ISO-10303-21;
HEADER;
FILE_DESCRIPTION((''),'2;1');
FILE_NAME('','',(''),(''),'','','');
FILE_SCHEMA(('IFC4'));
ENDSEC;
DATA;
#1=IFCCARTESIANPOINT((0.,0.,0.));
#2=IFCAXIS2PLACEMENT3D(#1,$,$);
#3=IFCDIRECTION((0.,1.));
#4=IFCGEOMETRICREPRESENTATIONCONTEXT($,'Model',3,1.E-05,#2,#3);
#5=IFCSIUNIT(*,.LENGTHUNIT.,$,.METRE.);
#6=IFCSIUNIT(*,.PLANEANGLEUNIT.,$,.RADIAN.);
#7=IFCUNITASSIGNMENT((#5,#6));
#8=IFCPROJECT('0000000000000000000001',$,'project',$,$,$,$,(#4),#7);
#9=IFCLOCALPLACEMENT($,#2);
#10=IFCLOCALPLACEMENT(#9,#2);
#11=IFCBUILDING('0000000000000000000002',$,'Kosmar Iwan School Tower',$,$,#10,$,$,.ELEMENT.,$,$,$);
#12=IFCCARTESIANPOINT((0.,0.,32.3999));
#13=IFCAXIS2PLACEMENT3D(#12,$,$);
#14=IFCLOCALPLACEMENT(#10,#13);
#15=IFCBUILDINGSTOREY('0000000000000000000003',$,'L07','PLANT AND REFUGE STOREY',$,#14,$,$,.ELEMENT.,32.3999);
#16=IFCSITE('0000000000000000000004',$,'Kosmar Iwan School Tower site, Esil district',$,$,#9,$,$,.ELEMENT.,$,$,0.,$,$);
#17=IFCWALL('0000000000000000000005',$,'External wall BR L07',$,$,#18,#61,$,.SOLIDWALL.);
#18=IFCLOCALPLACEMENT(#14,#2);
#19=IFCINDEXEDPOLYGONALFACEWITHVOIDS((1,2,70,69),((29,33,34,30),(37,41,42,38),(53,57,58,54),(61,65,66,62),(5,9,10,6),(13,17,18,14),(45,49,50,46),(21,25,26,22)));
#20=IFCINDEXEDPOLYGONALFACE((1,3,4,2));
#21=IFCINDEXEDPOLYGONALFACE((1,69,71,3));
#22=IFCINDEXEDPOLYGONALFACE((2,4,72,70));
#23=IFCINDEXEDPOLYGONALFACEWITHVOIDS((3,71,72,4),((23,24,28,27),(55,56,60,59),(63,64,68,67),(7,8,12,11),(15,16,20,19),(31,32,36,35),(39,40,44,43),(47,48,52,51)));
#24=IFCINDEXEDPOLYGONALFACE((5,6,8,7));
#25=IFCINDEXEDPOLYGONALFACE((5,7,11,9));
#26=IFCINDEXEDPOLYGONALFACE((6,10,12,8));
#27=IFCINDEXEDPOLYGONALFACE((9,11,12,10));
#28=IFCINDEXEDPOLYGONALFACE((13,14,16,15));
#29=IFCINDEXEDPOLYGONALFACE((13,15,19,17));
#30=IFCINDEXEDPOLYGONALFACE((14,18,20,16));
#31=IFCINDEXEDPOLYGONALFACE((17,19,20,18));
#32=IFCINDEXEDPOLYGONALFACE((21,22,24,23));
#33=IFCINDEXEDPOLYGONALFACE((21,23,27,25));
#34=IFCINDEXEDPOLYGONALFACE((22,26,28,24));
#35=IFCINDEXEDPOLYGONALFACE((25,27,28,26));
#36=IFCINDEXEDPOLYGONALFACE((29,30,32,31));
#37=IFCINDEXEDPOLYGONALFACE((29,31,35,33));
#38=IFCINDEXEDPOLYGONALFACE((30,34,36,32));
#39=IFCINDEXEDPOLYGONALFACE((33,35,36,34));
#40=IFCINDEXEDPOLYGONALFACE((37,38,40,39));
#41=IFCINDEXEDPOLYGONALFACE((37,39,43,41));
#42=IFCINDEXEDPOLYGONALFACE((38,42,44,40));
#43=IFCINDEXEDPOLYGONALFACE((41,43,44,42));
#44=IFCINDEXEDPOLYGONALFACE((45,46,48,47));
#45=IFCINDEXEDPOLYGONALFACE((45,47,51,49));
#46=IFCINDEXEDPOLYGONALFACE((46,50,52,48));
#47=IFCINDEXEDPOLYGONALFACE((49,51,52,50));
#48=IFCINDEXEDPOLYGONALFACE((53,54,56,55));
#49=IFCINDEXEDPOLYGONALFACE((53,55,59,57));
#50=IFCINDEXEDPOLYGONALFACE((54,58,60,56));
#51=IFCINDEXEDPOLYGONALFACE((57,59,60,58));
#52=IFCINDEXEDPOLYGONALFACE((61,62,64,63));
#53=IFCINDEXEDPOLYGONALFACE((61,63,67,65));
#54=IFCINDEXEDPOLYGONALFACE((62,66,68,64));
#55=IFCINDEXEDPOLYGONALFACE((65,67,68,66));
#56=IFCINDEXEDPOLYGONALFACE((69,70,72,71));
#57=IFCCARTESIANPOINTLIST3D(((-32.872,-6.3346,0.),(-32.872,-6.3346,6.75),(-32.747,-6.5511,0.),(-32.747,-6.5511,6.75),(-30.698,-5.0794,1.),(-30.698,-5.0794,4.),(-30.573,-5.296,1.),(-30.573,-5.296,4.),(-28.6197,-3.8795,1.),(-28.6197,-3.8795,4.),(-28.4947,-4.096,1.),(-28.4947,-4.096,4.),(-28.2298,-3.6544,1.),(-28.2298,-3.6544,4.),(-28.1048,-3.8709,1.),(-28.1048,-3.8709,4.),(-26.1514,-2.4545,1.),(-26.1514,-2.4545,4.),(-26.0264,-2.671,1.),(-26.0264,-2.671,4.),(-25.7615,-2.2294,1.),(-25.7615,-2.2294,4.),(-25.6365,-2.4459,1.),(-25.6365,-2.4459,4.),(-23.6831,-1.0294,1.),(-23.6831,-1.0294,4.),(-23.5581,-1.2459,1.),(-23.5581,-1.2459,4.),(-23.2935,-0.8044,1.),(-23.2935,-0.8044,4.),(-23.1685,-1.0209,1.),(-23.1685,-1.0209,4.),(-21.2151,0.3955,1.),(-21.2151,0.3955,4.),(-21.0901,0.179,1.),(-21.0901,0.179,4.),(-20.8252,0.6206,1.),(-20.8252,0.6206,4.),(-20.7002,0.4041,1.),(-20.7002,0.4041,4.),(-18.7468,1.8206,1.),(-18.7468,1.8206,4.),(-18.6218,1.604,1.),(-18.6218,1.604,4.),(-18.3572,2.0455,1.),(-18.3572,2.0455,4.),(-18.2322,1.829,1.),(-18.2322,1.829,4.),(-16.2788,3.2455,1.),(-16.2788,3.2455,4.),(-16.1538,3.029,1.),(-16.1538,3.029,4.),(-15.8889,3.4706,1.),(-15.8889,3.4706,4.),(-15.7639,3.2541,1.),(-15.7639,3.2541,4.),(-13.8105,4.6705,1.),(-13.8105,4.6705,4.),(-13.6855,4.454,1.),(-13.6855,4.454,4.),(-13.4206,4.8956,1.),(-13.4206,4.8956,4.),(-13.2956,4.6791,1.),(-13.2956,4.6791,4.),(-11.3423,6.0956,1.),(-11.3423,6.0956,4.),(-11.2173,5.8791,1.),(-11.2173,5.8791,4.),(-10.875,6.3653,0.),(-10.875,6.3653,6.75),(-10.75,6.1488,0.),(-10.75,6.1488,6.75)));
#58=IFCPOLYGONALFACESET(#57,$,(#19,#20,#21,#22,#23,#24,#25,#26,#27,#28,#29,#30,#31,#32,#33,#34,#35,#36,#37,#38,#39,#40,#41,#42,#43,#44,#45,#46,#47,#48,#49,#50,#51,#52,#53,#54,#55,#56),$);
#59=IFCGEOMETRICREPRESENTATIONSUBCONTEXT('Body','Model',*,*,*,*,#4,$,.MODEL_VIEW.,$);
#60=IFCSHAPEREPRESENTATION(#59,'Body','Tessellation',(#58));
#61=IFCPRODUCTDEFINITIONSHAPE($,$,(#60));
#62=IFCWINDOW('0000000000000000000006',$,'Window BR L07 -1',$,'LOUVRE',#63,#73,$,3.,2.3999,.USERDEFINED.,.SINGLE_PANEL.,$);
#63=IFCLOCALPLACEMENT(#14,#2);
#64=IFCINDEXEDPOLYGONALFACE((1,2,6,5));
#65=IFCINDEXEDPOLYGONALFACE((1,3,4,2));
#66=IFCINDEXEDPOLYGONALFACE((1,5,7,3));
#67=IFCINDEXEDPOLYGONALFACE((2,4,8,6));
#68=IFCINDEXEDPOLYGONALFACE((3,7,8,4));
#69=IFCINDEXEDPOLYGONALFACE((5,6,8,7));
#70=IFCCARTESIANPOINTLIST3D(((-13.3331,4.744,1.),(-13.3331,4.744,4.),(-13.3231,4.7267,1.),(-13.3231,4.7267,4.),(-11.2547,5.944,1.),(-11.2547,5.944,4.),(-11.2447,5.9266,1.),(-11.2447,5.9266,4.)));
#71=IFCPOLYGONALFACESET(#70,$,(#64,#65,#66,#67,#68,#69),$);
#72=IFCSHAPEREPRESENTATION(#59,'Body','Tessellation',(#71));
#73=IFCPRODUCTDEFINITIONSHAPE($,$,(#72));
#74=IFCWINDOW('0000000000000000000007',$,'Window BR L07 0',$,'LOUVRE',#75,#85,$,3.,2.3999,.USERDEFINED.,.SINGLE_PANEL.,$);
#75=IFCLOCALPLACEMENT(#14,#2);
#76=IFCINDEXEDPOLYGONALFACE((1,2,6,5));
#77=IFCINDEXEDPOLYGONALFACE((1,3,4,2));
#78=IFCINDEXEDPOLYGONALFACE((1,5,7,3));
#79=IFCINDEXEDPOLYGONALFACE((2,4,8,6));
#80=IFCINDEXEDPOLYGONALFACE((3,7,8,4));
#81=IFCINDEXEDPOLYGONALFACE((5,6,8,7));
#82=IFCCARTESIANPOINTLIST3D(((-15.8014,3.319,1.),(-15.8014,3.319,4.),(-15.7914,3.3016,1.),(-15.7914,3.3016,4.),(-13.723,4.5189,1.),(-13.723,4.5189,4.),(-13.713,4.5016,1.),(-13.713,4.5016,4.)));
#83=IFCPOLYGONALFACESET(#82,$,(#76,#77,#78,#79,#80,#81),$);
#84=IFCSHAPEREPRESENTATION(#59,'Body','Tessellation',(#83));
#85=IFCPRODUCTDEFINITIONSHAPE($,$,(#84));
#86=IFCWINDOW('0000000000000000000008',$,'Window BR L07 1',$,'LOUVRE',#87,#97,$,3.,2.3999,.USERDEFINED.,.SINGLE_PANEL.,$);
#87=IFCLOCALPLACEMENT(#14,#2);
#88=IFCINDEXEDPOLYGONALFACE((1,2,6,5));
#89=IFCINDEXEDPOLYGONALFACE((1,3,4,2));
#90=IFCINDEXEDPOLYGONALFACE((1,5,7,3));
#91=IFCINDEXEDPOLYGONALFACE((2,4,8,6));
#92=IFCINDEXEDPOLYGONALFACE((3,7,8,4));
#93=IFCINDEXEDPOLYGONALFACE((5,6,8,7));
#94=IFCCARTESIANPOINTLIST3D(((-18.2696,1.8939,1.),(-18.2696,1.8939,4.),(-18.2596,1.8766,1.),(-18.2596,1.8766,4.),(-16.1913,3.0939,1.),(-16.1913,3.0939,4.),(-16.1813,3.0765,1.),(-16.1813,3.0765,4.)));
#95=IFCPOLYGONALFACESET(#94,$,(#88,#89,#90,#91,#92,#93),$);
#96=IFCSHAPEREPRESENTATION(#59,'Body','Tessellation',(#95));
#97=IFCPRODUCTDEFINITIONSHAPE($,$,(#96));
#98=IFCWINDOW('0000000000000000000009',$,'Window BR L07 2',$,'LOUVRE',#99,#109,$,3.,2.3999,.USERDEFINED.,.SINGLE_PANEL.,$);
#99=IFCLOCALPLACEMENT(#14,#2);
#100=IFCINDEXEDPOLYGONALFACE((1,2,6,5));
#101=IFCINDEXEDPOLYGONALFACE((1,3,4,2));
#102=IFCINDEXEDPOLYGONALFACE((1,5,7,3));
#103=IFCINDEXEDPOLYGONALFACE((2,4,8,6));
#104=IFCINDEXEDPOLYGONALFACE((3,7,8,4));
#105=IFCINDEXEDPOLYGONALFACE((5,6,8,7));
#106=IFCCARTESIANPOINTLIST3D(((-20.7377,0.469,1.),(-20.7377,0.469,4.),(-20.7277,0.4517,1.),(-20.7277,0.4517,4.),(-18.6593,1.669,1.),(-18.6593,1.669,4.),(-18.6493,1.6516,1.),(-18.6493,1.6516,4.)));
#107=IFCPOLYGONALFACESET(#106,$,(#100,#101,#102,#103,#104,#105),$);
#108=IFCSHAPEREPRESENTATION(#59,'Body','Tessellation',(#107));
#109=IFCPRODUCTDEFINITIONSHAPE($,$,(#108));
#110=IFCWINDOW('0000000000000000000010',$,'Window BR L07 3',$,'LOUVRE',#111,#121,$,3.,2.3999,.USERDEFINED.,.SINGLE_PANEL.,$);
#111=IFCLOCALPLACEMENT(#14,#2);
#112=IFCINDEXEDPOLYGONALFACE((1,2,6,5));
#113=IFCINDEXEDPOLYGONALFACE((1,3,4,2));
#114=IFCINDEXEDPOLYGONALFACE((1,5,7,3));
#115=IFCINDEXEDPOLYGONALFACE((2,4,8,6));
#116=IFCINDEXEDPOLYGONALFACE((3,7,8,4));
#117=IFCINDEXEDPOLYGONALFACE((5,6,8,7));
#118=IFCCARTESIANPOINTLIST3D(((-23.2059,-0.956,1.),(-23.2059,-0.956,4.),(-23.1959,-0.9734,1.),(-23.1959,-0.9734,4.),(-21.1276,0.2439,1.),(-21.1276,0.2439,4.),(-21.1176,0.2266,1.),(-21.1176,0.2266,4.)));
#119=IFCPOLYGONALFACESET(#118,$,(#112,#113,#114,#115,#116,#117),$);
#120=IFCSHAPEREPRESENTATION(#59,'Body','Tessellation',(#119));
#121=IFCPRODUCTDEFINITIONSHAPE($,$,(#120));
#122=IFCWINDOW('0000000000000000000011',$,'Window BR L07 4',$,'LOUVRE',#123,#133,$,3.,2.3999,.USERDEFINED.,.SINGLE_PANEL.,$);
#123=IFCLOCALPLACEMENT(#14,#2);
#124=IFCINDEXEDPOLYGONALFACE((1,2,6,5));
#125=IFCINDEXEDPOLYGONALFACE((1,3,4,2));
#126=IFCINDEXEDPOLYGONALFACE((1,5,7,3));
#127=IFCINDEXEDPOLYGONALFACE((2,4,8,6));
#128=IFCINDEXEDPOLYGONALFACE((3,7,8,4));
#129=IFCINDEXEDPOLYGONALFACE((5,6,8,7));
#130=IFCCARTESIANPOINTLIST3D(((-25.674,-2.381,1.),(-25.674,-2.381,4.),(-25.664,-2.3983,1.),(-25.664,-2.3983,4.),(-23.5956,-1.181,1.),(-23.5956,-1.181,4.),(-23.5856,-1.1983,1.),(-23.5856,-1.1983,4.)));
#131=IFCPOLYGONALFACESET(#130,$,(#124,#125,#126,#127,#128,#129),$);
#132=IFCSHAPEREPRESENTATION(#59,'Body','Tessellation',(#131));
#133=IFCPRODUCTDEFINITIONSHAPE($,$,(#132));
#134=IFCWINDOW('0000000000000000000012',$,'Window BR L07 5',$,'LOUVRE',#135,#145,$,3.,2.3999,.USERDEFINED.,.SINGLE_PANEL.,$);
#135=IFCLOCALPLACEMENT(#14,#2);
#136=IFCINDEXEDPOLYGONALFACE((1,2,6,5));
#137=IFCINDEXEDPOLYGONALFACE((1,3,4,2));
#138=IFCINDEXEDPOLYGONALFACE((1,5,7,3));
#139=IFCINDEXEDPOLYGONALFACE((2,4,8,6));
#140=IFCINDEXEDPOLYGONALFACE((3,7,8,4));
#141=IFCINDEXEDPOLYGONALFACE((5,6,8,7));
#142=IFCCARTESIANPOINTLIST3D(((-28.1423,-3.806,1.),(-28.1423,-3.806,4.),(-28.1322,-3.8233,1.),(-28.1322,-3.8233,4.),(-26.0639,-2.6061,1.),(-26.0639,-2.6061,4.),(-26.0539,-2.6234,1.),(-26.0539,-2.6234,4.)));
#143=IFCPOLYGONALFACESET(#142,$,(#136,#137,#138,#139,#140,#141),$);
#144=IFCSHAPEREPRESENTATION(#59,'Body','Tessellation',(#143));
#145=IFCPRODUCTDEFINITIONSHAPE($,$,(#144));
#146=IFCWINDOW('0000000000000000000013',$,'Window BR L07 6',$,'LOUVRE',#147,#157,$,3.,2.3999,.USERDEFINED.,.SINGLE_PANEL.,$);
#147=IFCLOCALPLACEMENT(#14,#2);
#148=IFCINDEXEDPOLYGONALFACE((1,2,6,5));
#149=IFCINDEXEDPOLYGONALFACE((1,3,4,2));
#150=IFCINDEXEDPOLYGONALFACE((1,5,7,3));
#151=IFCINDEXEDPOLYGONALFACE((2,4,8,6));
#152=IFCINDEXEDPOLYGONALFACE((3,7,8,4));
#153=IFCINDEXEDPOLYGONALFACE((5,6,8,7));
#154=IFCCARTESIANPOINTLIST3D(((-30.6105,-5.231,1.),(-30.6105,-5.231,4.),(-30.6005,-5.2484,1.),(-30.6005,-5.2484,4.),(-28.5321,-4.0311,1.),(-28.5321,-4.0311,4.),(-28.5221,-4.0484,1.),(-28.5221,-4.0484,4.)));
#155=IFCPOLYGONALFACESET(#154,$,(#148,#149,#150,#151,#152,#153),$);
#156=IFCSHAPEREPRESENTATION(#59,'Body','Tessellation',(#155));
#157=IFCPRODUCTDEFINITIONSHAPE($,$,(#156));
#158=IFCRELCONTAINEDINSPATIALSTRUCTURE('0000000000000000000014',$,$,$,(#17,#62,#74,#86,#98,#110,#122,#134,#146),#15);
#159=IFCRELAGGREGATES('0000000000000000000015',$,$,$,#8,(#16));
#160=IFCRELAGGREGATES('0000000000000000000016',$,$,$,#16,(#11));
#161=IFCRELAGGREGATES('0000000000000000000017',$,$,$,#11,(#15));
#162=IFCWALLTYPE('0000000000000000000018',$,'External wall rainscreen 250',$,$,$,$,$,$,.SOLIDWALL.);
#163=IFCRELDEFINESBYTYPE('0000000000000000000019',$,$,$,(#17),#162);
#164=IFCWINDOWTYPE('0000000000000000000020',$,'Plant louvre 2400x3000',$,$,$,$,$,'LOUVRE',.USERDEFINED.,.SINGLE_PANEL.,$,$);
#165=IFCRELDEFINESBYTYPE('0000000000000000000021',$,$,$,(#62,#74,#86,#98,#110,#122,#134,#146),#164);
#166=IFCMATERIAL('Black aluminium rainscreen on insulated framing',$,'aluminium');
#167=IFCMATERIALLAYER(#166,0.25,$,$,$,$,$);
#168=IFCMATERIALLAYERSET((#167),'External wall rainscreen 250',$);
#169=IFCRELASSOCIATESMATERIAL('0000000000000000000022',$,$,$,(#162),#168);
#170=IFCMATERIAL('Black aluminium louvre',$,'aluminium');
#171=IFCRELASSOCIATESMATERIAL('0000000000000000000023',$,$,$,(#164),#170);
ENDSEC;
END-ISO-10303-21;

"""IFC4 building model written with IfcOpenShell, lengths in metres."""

from ifc_helpers import new_model, si_unit, direction, frame, frame_2d, origin, place, context, subcontext, project, spatial, rectangle, extrude, material, layer, layer_set, type_object, element, fill, save


model = new_model("IFC4")

# Units and contexts
model_context = context("Model", 3, precision=1e-05, world=origin(), true_north=direction((0.0, 1.0)))
body_context = subcontext(model_context, "Body", "Model", "MODEL_VIEW")
ifc_project = project(units=[si_unit("LENGTHUNIT", "METRE"), si_unit("PLANEANGLEUNIT", "RADIAN")], contexts=[model_context])

# Site, building, storey
site_placement = place(None, origin())
site = spatial("IfcSite", under=ifc_project, at=site_placement, Name="Kosmar Iwan School Tower site, Esil district", CompositionType="ELEMENT", RefElevation=0.0)
building_placement = place(site_placement, origin())
building = spatial("IfcBuilding", under=site, at=building_placement, Name="Kosmar Iwan School Tower", CompositionType="ELEMENT")
storey_placement = place(building_placement, frame((0.0, 0.0, 32.3999)))
storey = spatial("IfcBuildingStorey", under=building, at=storey_placement, Name="L07", Description="PLANT AND REFUGE STOREY", CompositionType="ELEMENT", Elevation=32.3999)

# Wall, openings, windows
ifc_material_1 = material(Name="Black aluminium rainscreen on insulated framing", Category="aluminium")
ifc_layer = layer(ifc_material_1, 0.25)
ifc_layer_set = layer_set([ifc_layer], Name="External wall rainscreen 250")
wall_type = type_object("IfcWallType", Name="External wall rainscreen 250", PredefinedType="SOLIDWALL", material=ifc_layer_set)
ifc_material_2 = material(Name="Black aluminium louvre", Category="aluminium")
window_type = type_object("IfcWindowType", Name="Plant louvre 2400x3000", ElementType="LOUVRE", PartitioningType="SINGLE_PANEL", PredefinedType="USERDEFINED", material=ifc_material_2)
wall_1_placement = place(storey_placement, frame((-10.8125, 6.2571, 0.0), z_axis=(0.0, 0.0, 1.0), x_axis=(-0.866026, -0.499998, 0.0)))
wall_1 = element("IfcWall", 1, at=wall_1_placement, inside=storey, type_object=wall_type, Name="External wall BR L07", PredefinedType="SOLIDWALL", context=body_context, shape_type="SweptSolid", body=[
    extrude(rectangle(XDim=25.3999, YDim=0.25, at=frame_2d((12.7, 0.0))), origin(), (0.0, 0.0, 1.0), 6.75),
])
opening_1_placement = place(wall_1_placement, frame((0.5396, 0.0, 1.0)))
opening_1 = element("IfcOpeningElement", 2, at=opening_1_placement, cuts=wall_1, PredefinedType="OPENING", context=body_context, shape_type="SweptSolid", body=[
    extrude(rectangle(XDim=2.3999, YDim=3.0, at=frame_2d((1.2, 1.5))), frame((0.0, 0.137, 0.0), z_axis=(0.0, -1.0, 0.0), x_axis=(1.0, 0.0, 0.0)), (0.0, 0.0, 1.0), 0.2739),
])
opening_2_placement = place(wall_1_placement, frame((3.3896, 0.0, 1.0)))
opening_2 = element("IfcOpeningElement", 3, at=opening_2_placement, cuts=wall_1, PredefinedType="OPENING", context=body_context, shape_type="SweptSolid", body=[
    extrude(rectangle(XDim=2.3999, YDim=3.0, at=frame_2d((1.2, 1.5))), frame((0.0, 0.137, 0.0), z_axis=(0.0, -1.0, 0.0), x_axis=(1.0, 0.0, 0.0)), (0.0, 0.0, 1.0), 0.2739),
])
opening_3_placement = place(wall_1_placement, frame((6.2397, 0.0, 1.0)))
opening_3 = element("IfcOpeningElement", 4, at=opening_3_placement, cuts=wall_1, PredefinedType="OPENING", context=body_context, shape_type="SweptSolid", body=[
    extrude(rectangle(XDim=2.3999, YDim=3.0, at=frame_2d((1.2, 1.5))), frame((0.0, 0.137, 0.0), z_axis=(0.0, -1.0, 0.0), x_axis=(1.0, 0.0, 0.0)), (0.0, 0.0, 1.0), 0.2739),
])
opening_4_placement = place(wall_1_placement, frame((9.0896, 0.0, 1.0)))
opening_4 = element("IfcOpeningElement", 5, at=opening_4_placement, cuts=wall_1, PredefinedType="OPENING", context=body_context, shape_type="SweptSolid", body=[
    extrude(rectangle(XDim=2.3999, YDim=3.0, at=frame_2d((1.2, 1.5))), frame((0.0, 0.137, 0.0), z_axis=(0.0, -1.0, 0.0), x_axis=(1.0, 0.0, 0.0)), (0.0, 0.0, 1.0), 0.2739),
])
opening_5_placement = place(wall_1_placement, frame((11.9397, 0.0, 1.0)))
opening_5 = element("IfcOpeningElement", 6, at=opening_5_placement, cuts=wall_1, PredefinedType="OPENING", context=body_context, shape_type="SweptSolid", body=[
    extrude(rectangle(XDim=2.3999, YDim=3.0, at=frame_2d((1.2, 1.5))), frame((0.0, 0.137, 0.0), z_axis=(0.0, -1.0, 0.0), x_axis=(1.0, 0.0, 0.0)), (0.0, 0.0, 1.0), 0.2739),
])
opening_6_placement = place(wall_1_placement, frame((14.7896, 0.0, 1.0)))
opening_6 = element("IfcOpeningElement", 7, at=opening_6_placement, cuts=wall_1, PredefinedType="OPENING", context=body_context, shape_type="SweptSolid", body=[
    extrude(rectangle(XDim=2.3999, YDim=3.0, at=frame_2d((1.2, 1.5))), frame((0.0, 0.137, 0.0), z_axis=(0.0, -1.0, 0.0), x_axis=(1.0, 0.0, 0.0)), (0.0, 0.0, 1.0), 0.2739),
])
opening_7_placement = place(wall_1_placement, frame((17.6396, 0.0, 1.0)))
opening_7 = element("IfcOpeningElement", 8, at=opening_7_placement, cuts=wall_1, PredefinedType="OPENING", context=body_context, shape_type="SweptSolid", body=[
    extrude(rectangle(XDim=2.3999, YDim=3.0, at=frame_2d((1.2, 1.5))), frame((0.0, 0.137, 0.0), z_axis=(0.0, -1.0, 0.0), x_axis=(1.0, 0.0, 0.0)), (0.0, 0.0, 1.0), 0.2739),
])
opening_8_placement = place(wall_1_placement, frame((20.4897, 0.0, 1.0)))
opening_8 = element("IfcOpeningElement", 9, at=opening_8_placement, cuts=wall_1, PredefinedType="OPENING", context=body_context, shape_type="SweptSolid", body=[
    extrude(rectangle(XDim=2.3999, YDim=3.0, at=frame_2d((1.2, 1.5))), frame((0.0, 0.137, 0.0), z_axis=(0.0, -1.0, 0.0), x_axis=(1.0, 0.0, 0.0)), (0.0, 0.0, 1.0), 0.2739),
])
window_1_placement = place(opening_1_placement, origin())
window_1 = element("IfcWindow", 10, at=window_1_placement, inside=storey, type_object=window_type, Name="Window BR L07 -1", ObjectType="LOUVRE", OverallHeight=3.0, OverallWidth=2.3999, PartitioningType="SINGLE_PANEL", PredefinedType="USERDEFINED", context=body_context, shape_type="SweptSolid", body=[
    extrude(rectangle(XDim=2.3999, YDim=3.0, at=frame_2d((1.2, 1.5))), frame((0.0, 0.0701, 0.0), z_axis=(0.0, -1.0, 0.0), x_axis=(1.0, 0.0, 0.0)), (0.0, 0.0, 1.0), 0.02),
])
fill(opening_1, window_1)
window_2_placement = place(opening_2_placement, origin())
window_2 = element("IfcWindow", 11, at=window_2_placement, inside=storey, type_object=window_type, Name="Window BR L07 0", ObjectType="LOUVRE", OverallHeight=3.0, OverallWidth=2.3999, PartitioningType="SINGLE_PANEL", PredefinedType="USERDEFINED", context=body_context, shape_type="SweptSolid", body=[
    extrude(rectangle(XDim=2.3999, YDim=3.0, at=frame_2d((1.2, 1.5))), frame((0.0, 0.0701, 0.0), z_axis=(0.0, -1.0, 0.0), x_axis=(1.0, 0.0, 0.0)), (0.0, 0.0, 1.0), 0.02),
])
fill(opening_2, window_2)
window_3_placement = place(opening_3_placement, origin())
window_3 = element("IfcWindow", 12, at=window_3_placement, inside=storey, type_object=window_type, Name="Window BR L07 1", ObjectType="LOUVRE", OverallHeight=3.0, OverallWidth=2.3999, PartitioningType="SINGLE_PANEL", PredefinedType="USERDEFINED", context=body_context, shape_type="SweptSolid", body=[
    extrude(rectangle(XDim=2.3999, YDim=3.0, at=frame_2d((1.2, 1.5))), frame((0.0, 0.0701, 0.0), z_axis=(0.0, -1.0, 0.0), x_axis=(1.0, 0.0, 0.0)), (0.0, 0.0, 1.0), 0.02),
])
fill(opening_3, window_3)
window_4_placement = place(opening_4_placement, origin())
window_4 = element("IfcWindow", 13, at=window_4_placement, inside=storey, type_object=window_type, Name="Window BR L07 2", ObjectType="LOUVRE", OverallHeight=3.0, OverallWidth=2.3999, PartitioningType="SINGLE_PANEL", PredefinedType="USERDEFINED", context=body_context, shape_type="SweptSolid", body=[
    extrude(rectangle(XDim=2.3999, YDim=3.0, at=frame_2d((1.2, 1.5))), frame((0.0, 0.0701, 0.0), z_axis=(0.0, -1.0, 0.0), x_axis=(1.0, 0.0, 0.0)), (0.0, 0.0, 1.0), 0.02),
])
fill(opening_4, window_4)
window_5_placement = place(opening_5_placement, origin())
window_5 = element("IfcWindow", 14, at=window_5_placement, inside=storey, type_object=window_type, Name="Window BR L07 3", ObjectType="LOUVRE", OverallHeight=3.0, OverallWidth=2.3999, PartitioningType="SINGLE_PANEL", PredefinedType="USERDEFINED", context=body_context, shape_type="SweptSolid", body=[
    extrude(rectangle(XDim=2.3999, YDim=3.0, at=frame_2d((1.2, 1.5))), frame((0.0, 0.0701, 0.0), z_axis=(0.0, -1.0, 0.0), x_axis=(1.0, 0.0, 0.0)), (0.0, 0.0, 1.0), 0.02),
])
fill(opening_5, window_5)
window_6_placement = place(opening_6_placement, origin())
window_6 = element("IfcWindow", 15, at=window_6_placement, inside=storey, type_object=window_type, Name="Window BR L07 4", ObjectType="LOUVRE", OverallHeight=3.0, OverallWidth=2.3999, PartitioningType="SINGLE_PANEL", PredefinedType="USERDEFINED", context=body_context, shape_type="SweptSolid", body=[
    extrude(rectangle(XDim=2.3999, YDim=3.0, at=frame_2d((1.2, 1.5))), frame((0.0, 0.0701, 0.0), z_axis=(0.0, -1.0, 0.0), x_axis=(1.0, 0.0, 0.0)), (0.0, 0.0, 1.0), 0.02),
])
fill(opening_6, window_6)
window_7_placement = place(opening_7_placement, origin())
window_7 = element("IfcWindow", 16, at=window_7_placement, inside=storey, type_object=window_type, Name="Window BR L07 5", ObjectType="LOUVRE", OverallHeight=3.0, OverallWidth=2.3999, PartitioningType="SINGLE_PANEL", PredefinedType="USERDEFINED", context=body_context, shape_type="SweptSolid", body=[
    extrude(rectangle(XDim=2.3999, YDim=3.0, at=frame_2d((1.2, 1.5))), frame((0.0, 0.0701, 0.0), z_axis=(0.0, -1.0, 0.0), x_axis=(1.0, 0.0, 0.0)), (0.0, 0.0, 1.0), 0.02),
])
fill(opening_7, window_7)
window_8_placement = place(opening_8_placement, origin())
window_8 = element("IfcWindow", 17, at=window_8_placement, inside=storey, type_object=window_type, Name="Window BR L07 6", ObjectType="LOUVRE", OverallHeight=3.0, OverallWidth=2.3999, PartitioningType="SINGLE_PANEL", PredefinedType="USERDEFINED", context=body_context, shape_type="SweptSolid", body=[
    extrude(rectangle(XDim=2.3999, YDim=3.0, at=frame_2d((1.2, 1.5))), frame((0.0, 0.0701, 0.0), z_axis=(0.0, -1.0, 0.0), x_axis=(1.0, 0.0, 0.0)), (0.0, 0.0, 1.0), 0.02),
])
fill(opening_8, window_8)

save(model, "model.ifc")
